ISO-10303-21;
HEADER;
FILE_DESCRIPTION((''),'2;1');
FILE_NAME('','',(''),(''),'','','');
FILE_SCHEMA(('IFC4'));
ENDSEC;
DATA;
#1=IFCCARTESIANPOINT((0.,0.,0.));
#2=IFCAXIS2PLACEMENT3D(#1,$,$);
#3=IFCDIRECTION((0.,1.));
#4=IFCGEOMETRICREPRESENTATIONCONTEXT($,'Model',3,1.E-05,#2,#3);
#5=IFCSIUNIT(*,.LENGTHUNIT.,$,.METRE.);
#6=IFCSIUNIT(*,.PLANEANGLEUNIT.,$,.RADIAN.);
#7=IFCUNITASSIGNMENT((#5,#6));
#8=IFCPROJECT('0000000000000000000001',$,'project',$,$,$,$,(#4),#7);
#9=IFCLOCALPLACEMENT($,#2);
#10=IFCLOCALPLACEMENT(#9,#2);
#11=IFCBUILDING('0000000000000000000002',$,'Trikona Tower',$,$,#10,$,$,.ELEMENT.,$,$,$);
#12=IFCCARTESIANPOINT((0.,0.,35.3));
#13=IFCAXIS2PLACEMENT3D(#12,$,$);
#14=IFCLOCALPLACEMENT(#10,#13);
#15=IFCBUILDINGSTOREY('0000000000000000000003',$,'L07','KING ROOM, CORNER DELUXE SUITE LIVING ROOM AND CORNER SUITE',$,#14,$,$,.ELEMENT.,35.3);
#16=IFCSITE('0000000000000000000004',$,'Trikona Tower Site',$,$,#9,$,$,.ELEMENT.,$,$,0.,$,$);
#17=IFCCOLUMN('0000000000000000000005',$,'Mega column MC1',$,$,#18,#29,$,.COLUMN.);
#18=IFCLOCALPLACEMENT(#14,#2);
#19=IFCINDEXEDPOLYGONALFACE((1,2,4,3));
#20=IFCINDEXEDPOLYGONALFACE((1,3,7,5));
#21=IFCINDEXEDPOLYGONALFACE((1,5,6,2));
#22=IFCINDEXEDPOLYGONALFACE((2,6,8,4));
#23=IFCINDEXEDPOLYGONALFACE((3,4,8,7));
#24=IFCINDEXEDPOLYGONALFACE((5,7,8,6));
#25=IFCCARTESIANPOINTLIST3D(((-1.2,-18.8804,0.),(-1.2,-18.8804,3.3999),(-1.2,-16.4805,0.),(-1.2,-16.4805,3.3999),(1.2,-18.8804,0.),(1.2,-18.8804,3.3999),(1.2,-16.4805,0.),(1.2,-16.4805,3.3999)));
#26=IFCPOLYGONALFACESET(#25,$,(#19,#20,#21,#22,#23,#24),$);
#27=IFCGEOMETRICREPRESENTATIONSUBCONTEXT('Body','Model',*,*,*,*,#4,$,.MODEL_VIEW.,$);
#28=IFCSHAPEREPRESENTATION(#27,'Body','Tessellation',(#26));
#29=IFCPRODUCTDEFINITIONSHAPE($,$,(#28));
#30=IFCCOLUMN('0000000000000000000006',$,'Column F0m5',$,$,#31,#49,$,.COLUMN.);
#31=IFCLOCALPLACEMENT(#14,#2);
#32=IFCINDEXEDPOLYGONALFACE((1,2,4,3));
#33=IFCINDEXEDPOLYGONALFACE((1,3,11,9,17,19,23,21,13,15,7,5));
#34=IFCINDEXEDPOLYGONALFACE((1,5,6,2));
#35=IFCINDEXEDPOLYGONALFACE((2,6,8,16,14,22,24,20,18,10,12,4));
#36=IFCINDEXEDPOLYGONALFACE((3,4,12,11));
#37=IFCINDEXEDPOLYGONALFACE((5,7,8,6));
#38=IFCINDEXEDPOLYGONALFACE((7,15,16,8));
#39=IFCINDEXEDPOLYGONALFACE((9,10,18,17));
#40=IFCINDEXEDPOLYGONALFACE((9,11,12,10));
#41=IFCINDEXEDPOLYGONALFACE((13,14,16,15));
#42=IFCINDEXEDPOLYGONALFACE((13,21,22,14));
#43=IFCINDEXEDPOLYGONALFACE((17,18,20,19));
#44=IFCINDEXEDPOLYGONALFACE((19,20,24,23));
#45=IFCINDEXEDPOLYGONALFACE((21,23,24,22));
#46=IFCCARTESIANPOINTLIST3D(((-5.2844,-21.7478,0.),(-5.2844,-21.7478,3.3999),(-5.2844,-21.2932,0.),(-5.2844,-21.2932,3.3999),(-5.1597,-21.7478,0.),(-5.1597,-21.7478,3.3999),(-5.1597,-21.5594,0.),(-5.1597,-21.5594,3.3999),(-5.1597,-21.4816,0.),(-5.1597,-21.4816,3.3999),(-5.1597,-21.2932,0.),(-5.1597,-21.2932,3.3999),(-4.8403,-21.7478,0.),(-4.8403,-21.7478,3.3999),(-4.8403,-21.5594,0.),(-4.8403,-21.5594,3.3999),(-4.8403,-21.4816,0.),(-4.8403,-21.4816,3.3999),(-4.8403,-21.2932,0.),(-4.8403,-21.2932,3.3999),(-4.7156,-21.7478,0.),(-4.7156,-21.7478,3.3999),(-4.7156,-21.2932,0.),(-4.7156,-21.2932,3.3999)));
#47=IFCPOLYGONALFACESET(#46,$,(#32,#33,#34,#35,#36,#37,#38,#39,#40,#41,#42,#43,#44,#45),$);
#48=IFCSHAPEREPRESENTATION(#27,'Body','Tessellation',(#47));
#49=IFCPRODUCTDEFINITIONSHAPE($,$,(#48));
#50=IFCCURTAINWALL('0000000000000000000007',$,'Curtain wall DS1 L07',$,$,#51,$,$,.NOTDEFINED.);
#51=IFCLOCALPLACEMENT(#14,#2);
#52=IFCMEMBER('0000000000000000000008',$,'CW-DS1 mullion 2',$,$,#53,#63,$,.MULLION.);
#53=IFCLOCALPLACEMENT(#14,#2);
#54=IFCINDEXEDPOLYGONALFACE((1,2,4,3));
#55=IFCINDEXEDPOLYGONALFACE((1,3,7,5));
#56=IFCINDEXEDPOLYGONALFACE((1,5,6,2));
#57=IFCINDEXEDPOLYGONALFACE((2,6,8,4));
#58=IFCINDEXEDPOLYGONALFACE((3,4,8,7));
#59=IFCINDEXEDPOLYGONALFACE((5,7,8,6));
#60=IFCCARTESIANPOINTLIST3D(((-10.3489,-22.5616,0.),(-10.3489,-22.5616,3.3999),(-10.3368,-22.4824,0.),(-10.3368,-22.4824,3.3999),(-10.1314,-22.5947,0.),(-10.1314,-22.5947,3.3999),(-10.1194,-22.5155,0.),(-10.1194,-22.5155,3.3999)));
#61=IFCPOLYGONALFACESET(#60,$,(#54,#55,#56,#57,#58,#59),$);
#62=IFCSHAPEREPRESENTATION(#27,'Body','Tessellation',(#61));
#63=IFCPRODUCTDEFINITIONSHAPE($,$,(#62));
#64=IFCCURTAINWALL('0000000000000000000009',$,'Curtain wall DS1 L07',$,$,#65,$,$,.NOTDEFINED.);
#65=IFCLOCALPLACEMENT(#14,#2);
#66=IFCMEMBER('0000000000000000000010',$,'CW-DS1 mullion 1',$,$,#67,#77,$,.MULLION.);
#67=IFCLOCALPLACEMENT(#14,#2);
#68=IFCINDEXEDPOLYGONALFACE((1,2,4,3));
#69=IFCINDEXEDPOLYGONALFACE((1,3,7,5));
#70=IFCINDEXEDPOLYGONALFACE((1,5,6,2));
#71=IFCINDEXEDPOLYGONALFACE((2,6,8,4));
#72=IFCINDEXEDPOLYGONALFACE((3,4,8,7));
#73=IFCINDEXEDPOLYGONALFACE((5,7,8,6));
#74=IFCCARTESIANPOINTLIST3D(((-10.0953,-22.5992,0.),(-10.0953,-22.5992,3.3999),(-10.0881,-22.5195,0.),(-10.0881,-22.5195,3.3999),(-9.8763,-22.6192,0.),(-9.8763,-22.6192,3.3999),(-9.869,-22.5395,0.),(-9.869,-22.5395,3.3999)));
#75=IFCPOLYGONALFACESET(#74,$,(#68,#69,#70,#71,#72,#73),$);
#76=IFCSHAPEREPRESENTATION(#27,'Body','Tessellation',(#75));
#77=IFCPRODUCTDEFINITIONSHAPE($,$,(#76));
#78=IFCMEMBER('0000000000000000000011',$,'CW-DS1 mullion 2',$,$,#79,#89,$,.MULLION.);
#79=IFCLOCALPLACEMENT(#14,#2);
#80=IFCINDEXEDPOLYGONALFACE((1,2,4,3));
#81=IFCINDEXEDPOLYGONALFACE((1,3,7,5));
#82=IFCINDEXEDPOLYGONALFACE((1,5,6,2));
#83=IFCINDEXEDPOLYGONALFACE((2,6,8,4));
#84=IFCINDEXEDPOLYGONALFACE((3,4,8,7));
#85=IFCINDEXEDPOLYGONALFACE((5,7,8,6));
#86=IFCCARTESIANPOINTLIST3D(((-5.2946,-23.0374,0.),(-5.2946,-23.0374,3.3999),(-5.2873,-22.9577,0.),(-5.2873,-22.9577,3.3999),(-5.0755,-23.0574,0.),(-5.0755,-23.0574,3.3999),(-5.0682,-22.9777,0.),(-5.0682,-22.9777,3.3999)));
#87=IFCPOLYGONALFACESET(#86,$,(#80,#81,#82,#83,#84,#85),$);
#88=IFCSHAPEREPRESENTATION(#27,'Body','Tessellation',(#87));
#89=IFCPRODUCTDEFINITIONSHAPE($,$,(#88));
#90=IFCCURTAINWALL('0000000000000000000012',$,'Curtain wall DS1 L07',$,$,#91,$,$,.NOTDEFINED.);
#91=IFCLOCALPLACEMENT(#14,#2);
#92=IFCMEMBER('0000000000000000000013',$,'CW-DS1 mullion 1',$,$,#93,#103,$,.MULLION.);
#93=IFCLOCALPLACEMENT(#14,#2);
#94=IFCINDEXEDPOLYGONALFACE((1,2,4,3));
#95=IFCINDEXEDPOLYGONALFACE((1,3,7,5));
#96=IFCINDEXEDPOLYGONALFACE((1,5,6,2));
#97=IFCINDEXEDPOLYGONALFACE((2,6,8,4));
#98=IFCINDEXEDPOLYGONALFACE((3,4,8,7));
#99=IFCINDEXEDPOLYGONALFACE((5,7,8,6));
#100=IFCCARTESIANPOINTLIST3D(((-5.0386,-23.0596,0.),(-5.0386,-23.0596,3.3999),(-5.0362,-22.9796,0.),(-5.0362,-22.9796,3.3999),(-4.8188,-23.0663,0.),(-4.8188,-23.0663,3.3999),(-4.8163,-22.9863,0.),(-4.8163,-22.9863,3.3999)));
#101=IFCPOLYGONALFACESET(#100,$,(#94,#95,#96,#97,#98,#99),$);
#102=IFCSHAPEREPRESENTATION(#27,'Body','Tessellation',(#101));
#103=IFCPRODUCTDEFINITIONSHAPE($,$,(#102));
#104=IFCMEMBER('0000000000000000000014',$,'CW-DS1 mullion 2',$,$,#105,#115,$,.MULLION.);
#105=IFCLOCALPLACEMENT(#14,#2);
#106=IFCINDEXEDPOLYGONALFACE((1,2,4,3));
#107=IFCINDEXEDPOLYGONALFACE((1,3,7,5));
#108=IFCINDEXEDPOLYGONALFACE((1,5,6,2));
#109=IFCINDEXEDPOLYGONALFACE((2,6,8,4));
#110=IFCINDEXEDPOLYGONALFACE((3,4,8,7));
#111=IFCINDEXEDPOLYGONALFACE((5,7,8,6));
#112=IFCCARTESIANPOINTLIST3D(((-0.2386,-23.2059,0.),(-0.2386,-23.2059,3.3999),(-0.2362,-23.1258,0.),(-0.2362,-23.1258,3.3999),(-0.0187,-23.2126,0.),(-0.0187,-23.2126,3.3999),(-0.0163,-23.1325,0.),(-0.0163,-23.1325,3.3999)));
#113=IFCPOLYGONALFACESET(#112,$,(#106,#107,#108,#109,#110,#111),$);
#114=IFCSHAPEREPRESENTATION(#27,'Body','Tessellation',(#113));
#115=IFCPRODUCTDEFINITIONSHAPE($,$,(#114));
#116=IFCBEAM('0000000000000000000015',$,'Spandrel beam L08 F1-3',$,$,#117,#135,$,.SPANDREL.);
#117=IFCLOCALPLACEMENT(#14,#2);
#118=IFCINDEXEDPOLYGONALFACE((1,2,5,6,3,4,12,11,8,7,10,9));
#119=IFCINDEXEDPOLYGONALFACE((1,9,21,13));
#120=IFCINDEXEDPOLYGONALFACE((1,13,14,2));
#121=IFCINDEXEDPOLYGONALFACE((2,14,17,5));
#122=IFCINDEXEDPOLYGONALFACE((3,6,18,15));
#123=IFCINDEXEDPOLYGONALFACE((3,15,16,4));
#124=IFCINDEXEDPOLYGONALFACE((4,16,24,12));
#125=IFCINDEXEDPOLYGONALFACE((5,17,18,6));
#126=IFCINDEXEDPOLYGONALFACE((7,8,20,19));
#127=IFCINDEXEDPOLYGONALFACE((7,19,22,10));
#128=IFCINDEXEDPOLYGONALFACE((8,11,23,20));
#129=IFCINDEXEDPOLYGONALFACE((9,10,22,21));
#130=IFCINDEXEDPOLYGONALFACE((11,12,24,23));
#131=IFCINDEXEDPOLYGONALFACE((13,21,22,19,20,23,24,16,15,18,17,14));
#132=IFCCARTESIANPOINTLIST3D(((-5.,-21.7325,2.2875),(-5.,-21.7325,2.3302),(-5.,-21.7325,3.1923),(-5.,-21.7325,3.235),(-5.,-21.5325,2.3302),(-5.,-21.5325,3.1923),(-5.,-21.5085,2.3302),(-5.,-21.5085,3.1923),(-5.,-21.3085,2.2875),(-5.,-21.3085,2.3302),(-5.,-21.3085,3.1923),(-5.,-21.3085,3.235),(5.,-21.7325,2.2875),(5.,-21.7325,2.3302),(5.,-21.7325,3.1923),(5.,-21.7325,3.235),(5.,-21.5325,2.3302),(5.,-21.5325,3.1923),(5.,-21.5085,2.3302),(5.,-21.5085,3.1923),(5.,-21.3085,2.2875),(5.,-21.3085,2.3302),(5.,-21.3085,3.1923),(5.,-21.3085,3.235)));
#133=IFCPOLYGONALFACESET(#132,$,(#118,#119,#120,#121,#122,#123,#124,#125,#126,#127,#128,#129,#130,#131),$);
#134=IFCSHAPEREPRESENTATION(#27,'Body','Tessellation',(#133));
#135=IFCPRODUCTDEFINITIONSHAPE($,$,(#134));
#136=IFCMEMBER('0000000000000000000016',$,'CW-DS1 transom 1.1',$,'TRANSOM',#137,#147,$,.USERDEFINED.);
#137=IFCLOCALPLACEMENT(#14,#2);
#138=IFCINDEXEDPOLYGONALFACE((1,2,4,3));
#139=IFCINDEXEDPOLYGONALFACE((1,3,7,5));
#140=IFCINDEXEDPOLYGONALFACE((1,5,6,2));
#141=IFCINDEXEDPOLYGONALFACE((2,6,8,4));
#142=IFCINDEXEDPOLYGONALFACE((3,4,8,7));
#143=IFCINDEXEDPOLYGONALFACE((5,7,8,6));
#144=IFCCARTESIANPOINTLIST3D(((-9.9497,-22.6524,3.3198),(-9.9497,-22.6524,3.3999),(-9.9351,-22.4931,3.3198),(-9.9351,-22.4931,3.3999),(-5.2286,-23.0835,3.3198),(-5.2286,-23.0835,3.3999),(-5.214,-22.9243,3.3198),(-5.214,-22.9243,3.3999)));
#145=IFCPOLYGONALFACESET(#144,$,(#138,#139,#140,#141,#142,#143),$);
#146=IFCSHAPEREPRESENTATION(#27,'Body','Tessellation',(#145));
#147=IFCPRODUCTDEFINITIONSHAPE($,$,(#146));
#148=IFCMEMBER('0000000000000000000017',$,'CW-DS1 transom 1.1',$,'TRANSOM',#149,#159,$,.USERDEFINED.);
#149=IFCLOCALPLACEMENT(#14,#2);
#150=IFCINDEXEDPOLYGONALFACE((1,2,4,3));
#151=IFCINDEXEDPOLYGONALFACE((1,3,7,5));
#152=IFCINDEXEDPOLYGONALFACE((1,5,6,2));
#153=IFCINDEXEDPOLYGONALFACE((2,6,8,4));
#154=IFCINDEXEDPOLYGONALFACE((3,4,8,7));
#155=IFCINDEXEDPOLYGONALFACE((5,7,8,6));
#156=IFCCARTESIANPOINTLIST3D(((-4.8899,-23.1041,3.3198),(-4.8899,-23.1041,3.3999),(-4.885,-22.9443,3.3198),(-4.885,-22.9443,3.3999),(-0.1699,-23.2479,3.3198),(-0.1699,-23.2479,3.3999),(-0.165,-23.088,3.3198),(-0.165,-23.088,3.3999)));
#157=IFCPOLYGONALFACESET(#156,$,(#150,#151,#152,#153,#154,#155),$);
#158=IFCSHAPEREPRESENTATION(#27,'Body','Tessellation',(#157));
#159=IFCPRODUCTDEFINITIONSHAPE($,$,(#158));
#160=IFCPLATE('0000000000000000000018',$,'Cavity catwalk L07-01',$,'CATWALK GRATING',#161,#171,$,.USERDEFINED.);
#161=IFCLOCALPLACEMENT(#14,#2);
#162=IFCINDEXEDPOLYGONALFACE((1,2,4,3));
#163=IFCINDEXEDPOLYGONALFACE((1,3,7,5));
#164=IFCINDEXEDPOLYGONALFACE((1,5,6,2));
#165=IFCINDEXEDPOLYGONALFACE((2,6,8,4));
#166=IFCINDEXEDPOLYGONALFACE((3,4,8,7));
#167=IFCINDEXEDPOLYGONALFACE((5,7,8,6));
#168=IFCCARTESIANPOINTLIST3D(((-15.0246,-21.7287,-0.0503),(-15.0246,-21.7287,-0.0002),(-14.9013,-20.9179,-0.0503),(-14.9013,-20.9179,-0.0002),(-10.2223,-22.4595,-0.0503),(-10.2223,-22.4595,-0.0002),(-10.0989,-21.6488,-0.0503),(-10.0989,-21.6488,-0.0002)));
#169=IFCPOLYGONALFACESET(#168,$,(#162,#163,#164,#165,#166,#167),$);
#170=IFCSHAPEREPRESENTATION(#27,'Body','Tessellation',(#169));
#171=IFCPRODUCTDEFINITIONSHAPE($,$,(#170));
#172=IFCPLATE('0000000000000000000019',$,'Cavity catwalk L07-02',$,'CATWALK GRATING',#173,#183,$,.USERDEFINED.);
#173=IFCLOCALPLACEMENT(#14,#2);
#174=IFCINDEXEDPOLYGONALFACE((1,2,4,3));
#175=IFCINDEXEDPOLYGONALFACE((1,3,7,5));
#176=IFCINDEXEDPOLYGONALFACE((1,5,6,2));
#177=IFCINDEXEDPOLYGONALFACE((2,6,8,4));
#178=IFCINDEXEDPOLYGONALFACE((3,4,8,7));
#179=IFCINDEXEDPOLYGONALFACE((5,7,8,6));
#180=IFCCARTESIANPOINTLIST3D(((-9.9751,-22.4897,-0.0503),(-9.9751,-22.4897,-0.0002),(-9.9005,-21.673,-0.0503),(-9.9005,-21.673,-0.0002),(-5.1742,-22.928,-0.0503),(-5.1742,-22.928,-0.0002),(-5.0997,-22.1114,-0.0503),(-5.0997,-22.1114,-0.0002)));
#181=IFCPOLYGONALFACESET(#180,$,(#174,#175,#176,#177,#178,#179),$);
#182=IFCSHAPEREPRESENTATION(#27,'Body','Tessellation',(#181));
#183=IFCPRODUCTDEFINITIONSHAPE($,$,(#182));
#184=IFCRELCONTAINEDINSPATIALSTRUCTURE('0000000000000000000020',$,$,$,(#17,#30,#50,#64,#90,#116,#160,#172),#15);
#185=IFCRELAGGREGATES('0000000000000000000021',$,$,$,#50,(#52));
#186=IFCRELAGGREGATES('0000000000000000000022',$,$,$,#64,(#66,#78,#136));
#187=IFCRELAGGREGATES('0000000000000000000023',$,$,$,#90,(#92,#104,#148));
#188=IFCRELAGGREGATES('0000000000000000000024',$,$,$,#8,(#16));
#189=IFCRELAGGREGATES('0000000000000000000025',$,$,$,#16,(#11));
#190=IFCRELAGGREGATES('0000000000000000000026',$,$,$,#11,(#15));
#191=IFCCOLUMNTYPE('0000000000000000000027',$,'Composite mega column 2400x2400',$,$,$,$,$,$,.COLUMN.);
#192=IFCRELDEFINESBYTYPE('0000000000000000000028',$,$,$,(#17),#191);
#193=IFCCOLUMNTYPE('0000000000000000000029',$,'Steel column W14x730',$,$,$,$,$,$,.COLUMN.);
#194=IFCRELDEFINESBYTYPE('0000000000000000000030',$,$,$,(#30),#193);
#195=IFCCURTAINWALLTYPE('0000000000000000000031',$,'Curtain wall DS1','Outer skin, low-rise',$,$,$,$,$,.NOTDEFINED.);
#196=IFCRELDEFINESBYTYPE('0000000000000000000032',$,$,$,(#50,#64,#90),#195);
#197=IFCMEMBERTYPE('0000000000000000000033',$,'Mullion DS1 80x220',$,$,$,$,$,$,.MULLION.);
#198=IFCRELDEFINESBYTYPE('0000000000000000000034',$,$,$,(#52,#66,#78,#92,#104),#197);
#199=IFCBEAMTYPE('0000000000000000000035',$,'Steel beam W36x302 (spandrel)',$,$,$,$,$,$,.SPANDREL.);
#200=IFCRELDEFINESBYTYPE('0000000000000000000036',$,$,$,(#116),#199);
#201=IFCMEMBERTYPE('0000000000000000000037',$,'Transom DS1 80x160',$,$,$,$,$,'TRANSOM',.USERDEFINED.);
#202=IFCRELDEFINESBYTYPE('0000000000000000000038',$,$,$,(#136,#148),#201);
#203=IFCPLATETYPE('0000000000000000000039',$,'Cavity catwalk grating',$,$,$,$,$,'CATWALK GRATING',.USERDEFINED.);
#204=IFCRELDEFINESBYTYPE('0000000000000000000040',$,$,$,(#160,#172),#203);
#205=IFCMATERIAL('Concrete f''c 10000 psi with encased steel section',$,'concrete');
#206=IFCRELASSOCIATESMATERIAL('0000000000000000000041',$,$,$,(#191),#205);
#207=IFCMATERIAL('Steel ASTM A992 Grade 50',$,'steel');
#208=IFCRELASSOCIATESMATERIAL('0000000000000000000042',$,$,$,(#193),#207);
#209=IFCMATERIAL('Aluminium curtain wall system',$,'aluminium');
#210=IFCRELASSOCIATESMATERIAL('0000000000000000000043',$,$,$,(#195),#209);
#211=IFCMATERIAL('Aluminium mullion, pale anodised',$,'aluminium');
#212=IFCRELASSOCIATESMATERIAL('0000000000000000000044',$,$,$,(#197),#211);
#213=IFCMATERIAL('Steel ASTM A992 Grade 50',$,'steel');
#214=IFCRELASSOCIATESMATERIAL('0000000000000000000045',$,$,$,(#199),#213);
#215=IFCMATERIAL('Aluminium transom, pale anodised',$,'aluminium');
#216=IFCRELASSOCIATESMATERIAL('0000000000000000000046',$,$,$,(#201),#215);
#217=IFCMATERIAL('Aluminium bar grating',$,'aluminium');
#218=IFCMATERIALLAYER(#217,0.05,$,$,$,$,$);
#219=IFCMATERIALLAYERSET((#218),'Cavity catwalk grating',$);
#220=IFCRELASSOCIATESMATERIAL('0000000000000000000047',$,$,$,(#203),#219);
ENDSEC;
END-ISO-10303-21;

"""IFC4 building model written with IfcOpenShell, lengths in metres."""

from ifc_helpers import new_model, si_unit, direction, frame, origin, origin_2d, place, context, subcontext, project, spatial, rectangle, i_section, extrude, material, layer, layer_set, material_profile, profile_set, type_object, element, aggregate, save


model = new_model("IFC4")

# Units and contexts
model_context = context("Model", 3, precision=1e-05, world=origin(), true_north=direction((0.0, 1.0)))
body_context = subcontext(model_context, "Body", "Model", "MODEL_VIEW")
ifc_project = project(units=[si_unit("LENGTHUNIT", "METRE"), si_unit("PLANEANGLEUNIT", "RADIAN")], contexts=[model_context])

# Site, building, storey
site_placement = place(None, origin())
site = spatial("IfcSite", under=ifc_project, at=site_placement, Name="Trikona Tower Site", CompositionType="ELEMENT", RefElevation=0.0)
building_placement = place(site_placement, origin())
building = spatial("IfcBuilding", under=site, at=building_placement, Name="Trikona Tower", CompositionType="ELEMENT")
storey_placement = place(building_placement, frame((0.0, 0.0, 35.3)))
storey = spatial("IfcBuildingStorey", under=building, at=storey_placement, Name="L07", Description="KING ROOM, CORNER DELUXE SUITE LIVING ROOM AND CORNER SUITE", CompositionType="ELEMENT", Elevation=35.3)

# Columns
ifc_material_1 = material(Name="Concrete f'c 10000 psi with encased steel section", Category="concrete")
ifc_material_profile_1 = material_profile(ifc_material_1, rectangle(XDim=2.3999, YDim=2.3999, at=origin_2d()), Name="MC2400")
ifc_profile_set_1 = profile_set([ifc_material_profile_1], Name="Concrete f'c 10000 psi with encased steel section")
column_type_1 = type_object("IfcColumnType", Name="Composite mega column 2400x2400", PredefinedType="COLUMN", material=ifc_profile_set_1)
column_1_placement = place(storey_placement, frame((0.0, -17.6804, 0.0), z_axis=(0.0, 0.0, 1.0), x_axis=(0.0, -1.0, 0.0)))
element("IfcColumn", 1, at=column_1_placement, inside=storey, type_object=column_type_1, Name="Mega column MC1", PredefinedType="COLUMN", context=body_context, shape_type="SweptSolid", body=[
    extrude(rectangle(XDim=2.3999, YDim=2.3999, at=origin_2d()), origin(), (0.0, 0.0, 1.0), 3.3999),
])
ifc_material_2 = material(Name="Steel ASTM A992 Grade 50", Category="steel")
ifc_material_profile_2 = material_profile(ifc_material_2, i_section(OverallWidth=0.4546, OverallDepth=0.5688, WebThickness=0.0779, FlangeThickness=0.1248, at=origin_2d()), Name="W14X730")
ifc_profile_set_2 = profile_set([ifc_material_profile_2], Name="Steel ASTM A992 Grade 50")
column_type_2 = type_object("IfcColumnType", Name="Steel column W14x730", PredefinedType="COLUMN", material=ifc_profile_set_2)
column_2_placement = place(storey_placement, frame((-5.0, -21.5205, 0.0), z_axis=(0.0, 0.0, 1.0), x_axis=(0.0, -1.0, 0.0)))
element("IfcColumn", 2, at=column_2_placement, inside=storey, type_object=column_type_2, Name="Column F0m5", PredefinedType="COLUMN", context=body_context, shape_type="SweptSolid", body=[
    extrude(i_section(OverallWidth=0.4546, OverallDepth=0.5688, WebThickness=0.0779, FlangeThickness=0.1248, at=origin_2d()), origin(), (0.0, 0.0, 1.0), 3.3999),
])

# Curtain wall, member
ifc_material_3 = material(Name="Aluminium curtain wall system", Category="aluminium")
curtain_wall_type = type_object("IfcCurtainWallType", Name="Curtain wall DS1", Description="Outer skin, low-rise", PredefinedType="NOTDEFINED", material=ifc_material_3)
curtain_wall_1_placement = place(storey_placement, origin())
curtain_wall_1 = element("IfcCurtainWall", 3, at=curtain_wall_1_placement, inside=storey, type_object=curtain_wall_type, Name="Curtain wall DS1 L07", PredefinedType="NOTDEFINED")
ifc_material_4 = material(Name="Aluminium mullion, pale anodised", Category="aluminium")
ifc_material_profile_3 = material_profile(ifc_material_4, rectangle(XDim=0.0801, YDim=0.22, at=origin_2d()), Name="MUL-DS1")
ifc_profile_set_3 = profile_set([ifc_material_profile_3], Name="Aluminium mullion, pale anodised")
member_type_1 = type_object("IfcMemberType", Name="Mullion DS1 80x220", PredefinedType="MULLION", material=ifc_profile_set_3)
member_1_placement = place(storey_placement, frame((-10.2341, -22.5386, 0.0), z_axis=(0.0, 0.0, 1.0), x_axis=(0.150438, 0.988619, 0.0)))
member_1 = element("IfcMember", 4, at=member_1_placement, type_object=member_type_1, Name="CW-DS1 mullion 2", PredefinedType="MULLION", context=body_context, shape_type="SweptSolid", body=[
    extrude(rectangle(XDim=0.0801, YDim=0.22, at=origin_2d()), origin(), (0.0, 0.0, 1.0), 3.3999),
])

# Curtain walls, members
curtain_wall_2_placement = place(storey_placement, origin())
curtain_wall_2 = element("IfcCurtainWall", 5, at=curtain_wall_2_placement, inside=storey, type_object=curtain_wall_type, Name="Curtain wall DS1 L07", PredefinedType="NOTDEFINED")
member_2_placement = place(storey_placement, frame((-9.9822, -22.5693, 0.0), z_axis=(0.0, 0.0, 1.0), x_axis=(0.090924, 0.995858, 0.0)))
member_2 = element("IfcMember", 6, at=member_2_placement, type_object=member_type_1, Name="CW-DS1 mullion 1", PredefinedType="MULLION", context=body_context, shape_type="SweptSolid", body=[
    extrude(rectangle(XDim=0.0801, YDim=0.22, at=origin_2d()), origin(), (0.0, 0.0, 1.0), 3.3999),
])
member_3_placement = place(storey_placement, frame((-5.1814, -23.0076, 0.0), z_axis=(0.0, 0.0, 1.0), x_axis=(0.090924, 0.995858, 0.0)))
member_3 = element("IfcMember", 7, at=member_3_placement, type_object=member_type_1, Name="CW-DS1 mullion 2", PredefinedType="MULLION", context=body_context, shape_type="SweptSolid", body=[
    extrude(rectangle(XDim=0.0801, YDim=0.22, at=origin_2d()), origin(), (0.0, 0.0, 1.0), 3.3999),
])
curtain_wall_3_placement = place(storey_placement, origin())
curtain_wall_3 = element("IfcCurtainWall", 8, at=curtain_wall_3_placement, inside=storey, type_object=curtain_wall_type, Name="Curtain wall DS1 L07", PredefinedType="NOTDEFINED")
member_4_placement = place(storey_placement, frame((-4.9275, -23.0229, 0.0), z_axis=(0.0, 0.0, 1.0), x_axis=(0.030437, 0.999537, 0.0)))
member_4 = element("IfcMember", 9, at=member_4_placement, type_object=member_type_1, Name="CW-DS1 mullion 1", PredefinedType="MULLION", context=body_context, shape_type="SweptSolid", body=[
    extrude(rectangle(XDim=0.0801, YDim=0.22, at=origin_2d()), origin(), (0.0, 0.0, 1.0), 3.3999),
])
member_5_placement = place(storey_placement, frame((-0.1274, -23.1692, 0.0), z_axis=(0.0, 0.0, 1.0), x_axis=(0.030437, 0.999537, 0.0)))
member_5 = element("IfcMember", 10, at=member_5_placement, type_object=member_type_1, Name="CW-DS1 mullion 2", PredefinedType="MULLION", context=body_context, shape_type="SweptSolid", body=[
    extrude(rectangle(XDim=0.0801, YDim=0.22, at=origin_2d()), origin(), (0.0, 0.0, 1.0), 3.3999),
])

# Beam
ifc_material_5 = material(Name="Steel ASTM A992 Grade 50", Category="steel")
ifc_material_profile_4 = material_profile(ifc_material_5, i_section(OverallWidth=0.4241, OverallDepth=0.9475, WebThickness=0.0239, FlangeThickness=0.0427, at=origin_2d()), Name="W36X302")
ifc_profile_set_4 = profile_set([ifc_material_profile_4], Name="Steel ASTM A992 Grade 50")
beam_type = type_object("IfcBeamType", Name="Steel beam W36x302 (spandrel)", PredefinedType="SPANDREL", material=ifc_profile_set_4)
beam_placement = place(storey_placement, frame((-5.0, -21.5205, 2.7612), z_axis=(1.0, 0.0, 0.0), x_axis=(0.0, 1.0, 0.0)))
element("IfcBeam", 11, at=beam_placement, inside=storey, type_object=beam_type, Name="Spandrel beam L08 F1-3", PredefinedType="SPANDREL", context=body_context, shape_type="SweptSolid", body=[
    extrude(i_section(OverallWidth=0.4241, OverallDepth=0.9475, WebThickness=0.0239, FlangeThickness=0.0427, at=origin_2d()), origin(), (0.0, 0.0, 1.0), 10.0),
])

# Members
ifc_material_6 = material(Name="Aluminium transom, pale anodised", Category="aluminium")
ifc_material_profile_5 = material_profile(ifc_material_6, rectangle(XDim=0.1599, YDim=0.0801, at=origin_2d()), Name="TRN-DS1")
ifc_profile_set_5 = profile_set([ifc_material_profile_5], Name="Aluminium transom, pale anodised")
member_type_2 = type_object("IfcMemberType", Name="Transom DS1 80x160", ElementType="TRANSOM", PredefinedType="USERDEFINED", material=ifc_profile_set_5)
member_6_placement = place(storey_placement, frame((-9.9424, -22.5728, 3.3599), z_axis=(0.995856, -0.090944, 0.0), x_axis=(0.090944, 0.995856, 0.0)))
member_6 = element("IfcMember", 12, at=member_6_placement, type_object=member_type_2, Name="CW-DS1 transom 1.1", ObjectType="TRANSOM", PredefinedType="USERDEFINED", context=body_context, shape_type="SweptSolid", body=[
    extrude(rectangle(XDim=0.1599, YDim=0.0801, at=origin_2d()), origin(), (0.0, 0.0, 1.0), 4.7407),
])
member_7_placement = place(storey_placement, frame((-4.8875, -23.0242, 3.3599), z_axis=(0.999536, -0.030452, 0.0), x_axis=(0.030452, 0.999536, 0.0)))
member_7 = element("IfcMember", 13, at=member_7_placement, type_object=member_type_2, Name="CW-DS1 transom 1.1", ObjectType="TRANSOM", PredefinedType="USERDEFINED", context=body_context, shape_type="SweptSolid", body=[
    extrude(rectangle(XDim=0.1599, YDim=0.0801, at=origin_2d()), origin(), (0.0, 0.0, 1.0), 4.7222),
])

# Plates
ifc_material_7 = material(Name="Aluminium bar grating", Category="aluminium")
ifc_layer_1 = layer(ifc_material_7, 0.05)
ifc_layer_set_1 = layer_set([ifc_layer_1], Name="Cavity catwalk grating")
plate_type_1 = type_object("IfcPlateType", Name="Cavity catwalk grating", ElementType="CATWALK GRATING", PredefinedType="USERDEFINED", material=ifc_layer_set_1)
plate_1_placement = place(storey_placement, frame((-12.5618, -21.6887, -0.0503), z_axis=(0.0, 0.0, 1.0), x_axis=(0.988618, -0.150448, 0.0)))
element("IfcPlate", 14, at=plate_1_placement, inside=storey, type_object=plate_type_1, Name="Cavity catwalk L07-01", ObjectType="CATWALK GRATING", PredefinedType="USERDEFINED", context=body_context, shape_type="SweptSolid", body=[
    extrude(rectangle(XDim=4.8577, YDim=0.8201, at=origin_2d()), origin(), (0.0, 0.0, 1.0), 0.05),
])
plate_2_placement = place(storey_placement, frame((-7.5374, -22.3005, -0.0503), z_axis=(0.0, 0.0, 1.0), x_axis=(0.995858, -0.090921, 0.0)))
element("IfcPlate", 15, at=plate_2_placement, inside=storey, type_object=plate_type_1, Name="Cavity catwalk L07-02", ObjectType="CATWALK GRATING", PredefinedType="USERDEFINED", context=body_context, shape_type="SweptSolid", body=[
    extrude(rectangle(XDim=4.8208, YDim=0.8201, at=origin_2d()), origin(), (0.0, 0.0, 1.0), 0.05),
])

aggregate(curtain_wall_1, [member_1])
aggregate(curtain_wall_2, [member_2, member_3, member_6])
aggregate(curtain_wall_3, [member_4, member_5, member_7])

save(model, "model.ifc")
